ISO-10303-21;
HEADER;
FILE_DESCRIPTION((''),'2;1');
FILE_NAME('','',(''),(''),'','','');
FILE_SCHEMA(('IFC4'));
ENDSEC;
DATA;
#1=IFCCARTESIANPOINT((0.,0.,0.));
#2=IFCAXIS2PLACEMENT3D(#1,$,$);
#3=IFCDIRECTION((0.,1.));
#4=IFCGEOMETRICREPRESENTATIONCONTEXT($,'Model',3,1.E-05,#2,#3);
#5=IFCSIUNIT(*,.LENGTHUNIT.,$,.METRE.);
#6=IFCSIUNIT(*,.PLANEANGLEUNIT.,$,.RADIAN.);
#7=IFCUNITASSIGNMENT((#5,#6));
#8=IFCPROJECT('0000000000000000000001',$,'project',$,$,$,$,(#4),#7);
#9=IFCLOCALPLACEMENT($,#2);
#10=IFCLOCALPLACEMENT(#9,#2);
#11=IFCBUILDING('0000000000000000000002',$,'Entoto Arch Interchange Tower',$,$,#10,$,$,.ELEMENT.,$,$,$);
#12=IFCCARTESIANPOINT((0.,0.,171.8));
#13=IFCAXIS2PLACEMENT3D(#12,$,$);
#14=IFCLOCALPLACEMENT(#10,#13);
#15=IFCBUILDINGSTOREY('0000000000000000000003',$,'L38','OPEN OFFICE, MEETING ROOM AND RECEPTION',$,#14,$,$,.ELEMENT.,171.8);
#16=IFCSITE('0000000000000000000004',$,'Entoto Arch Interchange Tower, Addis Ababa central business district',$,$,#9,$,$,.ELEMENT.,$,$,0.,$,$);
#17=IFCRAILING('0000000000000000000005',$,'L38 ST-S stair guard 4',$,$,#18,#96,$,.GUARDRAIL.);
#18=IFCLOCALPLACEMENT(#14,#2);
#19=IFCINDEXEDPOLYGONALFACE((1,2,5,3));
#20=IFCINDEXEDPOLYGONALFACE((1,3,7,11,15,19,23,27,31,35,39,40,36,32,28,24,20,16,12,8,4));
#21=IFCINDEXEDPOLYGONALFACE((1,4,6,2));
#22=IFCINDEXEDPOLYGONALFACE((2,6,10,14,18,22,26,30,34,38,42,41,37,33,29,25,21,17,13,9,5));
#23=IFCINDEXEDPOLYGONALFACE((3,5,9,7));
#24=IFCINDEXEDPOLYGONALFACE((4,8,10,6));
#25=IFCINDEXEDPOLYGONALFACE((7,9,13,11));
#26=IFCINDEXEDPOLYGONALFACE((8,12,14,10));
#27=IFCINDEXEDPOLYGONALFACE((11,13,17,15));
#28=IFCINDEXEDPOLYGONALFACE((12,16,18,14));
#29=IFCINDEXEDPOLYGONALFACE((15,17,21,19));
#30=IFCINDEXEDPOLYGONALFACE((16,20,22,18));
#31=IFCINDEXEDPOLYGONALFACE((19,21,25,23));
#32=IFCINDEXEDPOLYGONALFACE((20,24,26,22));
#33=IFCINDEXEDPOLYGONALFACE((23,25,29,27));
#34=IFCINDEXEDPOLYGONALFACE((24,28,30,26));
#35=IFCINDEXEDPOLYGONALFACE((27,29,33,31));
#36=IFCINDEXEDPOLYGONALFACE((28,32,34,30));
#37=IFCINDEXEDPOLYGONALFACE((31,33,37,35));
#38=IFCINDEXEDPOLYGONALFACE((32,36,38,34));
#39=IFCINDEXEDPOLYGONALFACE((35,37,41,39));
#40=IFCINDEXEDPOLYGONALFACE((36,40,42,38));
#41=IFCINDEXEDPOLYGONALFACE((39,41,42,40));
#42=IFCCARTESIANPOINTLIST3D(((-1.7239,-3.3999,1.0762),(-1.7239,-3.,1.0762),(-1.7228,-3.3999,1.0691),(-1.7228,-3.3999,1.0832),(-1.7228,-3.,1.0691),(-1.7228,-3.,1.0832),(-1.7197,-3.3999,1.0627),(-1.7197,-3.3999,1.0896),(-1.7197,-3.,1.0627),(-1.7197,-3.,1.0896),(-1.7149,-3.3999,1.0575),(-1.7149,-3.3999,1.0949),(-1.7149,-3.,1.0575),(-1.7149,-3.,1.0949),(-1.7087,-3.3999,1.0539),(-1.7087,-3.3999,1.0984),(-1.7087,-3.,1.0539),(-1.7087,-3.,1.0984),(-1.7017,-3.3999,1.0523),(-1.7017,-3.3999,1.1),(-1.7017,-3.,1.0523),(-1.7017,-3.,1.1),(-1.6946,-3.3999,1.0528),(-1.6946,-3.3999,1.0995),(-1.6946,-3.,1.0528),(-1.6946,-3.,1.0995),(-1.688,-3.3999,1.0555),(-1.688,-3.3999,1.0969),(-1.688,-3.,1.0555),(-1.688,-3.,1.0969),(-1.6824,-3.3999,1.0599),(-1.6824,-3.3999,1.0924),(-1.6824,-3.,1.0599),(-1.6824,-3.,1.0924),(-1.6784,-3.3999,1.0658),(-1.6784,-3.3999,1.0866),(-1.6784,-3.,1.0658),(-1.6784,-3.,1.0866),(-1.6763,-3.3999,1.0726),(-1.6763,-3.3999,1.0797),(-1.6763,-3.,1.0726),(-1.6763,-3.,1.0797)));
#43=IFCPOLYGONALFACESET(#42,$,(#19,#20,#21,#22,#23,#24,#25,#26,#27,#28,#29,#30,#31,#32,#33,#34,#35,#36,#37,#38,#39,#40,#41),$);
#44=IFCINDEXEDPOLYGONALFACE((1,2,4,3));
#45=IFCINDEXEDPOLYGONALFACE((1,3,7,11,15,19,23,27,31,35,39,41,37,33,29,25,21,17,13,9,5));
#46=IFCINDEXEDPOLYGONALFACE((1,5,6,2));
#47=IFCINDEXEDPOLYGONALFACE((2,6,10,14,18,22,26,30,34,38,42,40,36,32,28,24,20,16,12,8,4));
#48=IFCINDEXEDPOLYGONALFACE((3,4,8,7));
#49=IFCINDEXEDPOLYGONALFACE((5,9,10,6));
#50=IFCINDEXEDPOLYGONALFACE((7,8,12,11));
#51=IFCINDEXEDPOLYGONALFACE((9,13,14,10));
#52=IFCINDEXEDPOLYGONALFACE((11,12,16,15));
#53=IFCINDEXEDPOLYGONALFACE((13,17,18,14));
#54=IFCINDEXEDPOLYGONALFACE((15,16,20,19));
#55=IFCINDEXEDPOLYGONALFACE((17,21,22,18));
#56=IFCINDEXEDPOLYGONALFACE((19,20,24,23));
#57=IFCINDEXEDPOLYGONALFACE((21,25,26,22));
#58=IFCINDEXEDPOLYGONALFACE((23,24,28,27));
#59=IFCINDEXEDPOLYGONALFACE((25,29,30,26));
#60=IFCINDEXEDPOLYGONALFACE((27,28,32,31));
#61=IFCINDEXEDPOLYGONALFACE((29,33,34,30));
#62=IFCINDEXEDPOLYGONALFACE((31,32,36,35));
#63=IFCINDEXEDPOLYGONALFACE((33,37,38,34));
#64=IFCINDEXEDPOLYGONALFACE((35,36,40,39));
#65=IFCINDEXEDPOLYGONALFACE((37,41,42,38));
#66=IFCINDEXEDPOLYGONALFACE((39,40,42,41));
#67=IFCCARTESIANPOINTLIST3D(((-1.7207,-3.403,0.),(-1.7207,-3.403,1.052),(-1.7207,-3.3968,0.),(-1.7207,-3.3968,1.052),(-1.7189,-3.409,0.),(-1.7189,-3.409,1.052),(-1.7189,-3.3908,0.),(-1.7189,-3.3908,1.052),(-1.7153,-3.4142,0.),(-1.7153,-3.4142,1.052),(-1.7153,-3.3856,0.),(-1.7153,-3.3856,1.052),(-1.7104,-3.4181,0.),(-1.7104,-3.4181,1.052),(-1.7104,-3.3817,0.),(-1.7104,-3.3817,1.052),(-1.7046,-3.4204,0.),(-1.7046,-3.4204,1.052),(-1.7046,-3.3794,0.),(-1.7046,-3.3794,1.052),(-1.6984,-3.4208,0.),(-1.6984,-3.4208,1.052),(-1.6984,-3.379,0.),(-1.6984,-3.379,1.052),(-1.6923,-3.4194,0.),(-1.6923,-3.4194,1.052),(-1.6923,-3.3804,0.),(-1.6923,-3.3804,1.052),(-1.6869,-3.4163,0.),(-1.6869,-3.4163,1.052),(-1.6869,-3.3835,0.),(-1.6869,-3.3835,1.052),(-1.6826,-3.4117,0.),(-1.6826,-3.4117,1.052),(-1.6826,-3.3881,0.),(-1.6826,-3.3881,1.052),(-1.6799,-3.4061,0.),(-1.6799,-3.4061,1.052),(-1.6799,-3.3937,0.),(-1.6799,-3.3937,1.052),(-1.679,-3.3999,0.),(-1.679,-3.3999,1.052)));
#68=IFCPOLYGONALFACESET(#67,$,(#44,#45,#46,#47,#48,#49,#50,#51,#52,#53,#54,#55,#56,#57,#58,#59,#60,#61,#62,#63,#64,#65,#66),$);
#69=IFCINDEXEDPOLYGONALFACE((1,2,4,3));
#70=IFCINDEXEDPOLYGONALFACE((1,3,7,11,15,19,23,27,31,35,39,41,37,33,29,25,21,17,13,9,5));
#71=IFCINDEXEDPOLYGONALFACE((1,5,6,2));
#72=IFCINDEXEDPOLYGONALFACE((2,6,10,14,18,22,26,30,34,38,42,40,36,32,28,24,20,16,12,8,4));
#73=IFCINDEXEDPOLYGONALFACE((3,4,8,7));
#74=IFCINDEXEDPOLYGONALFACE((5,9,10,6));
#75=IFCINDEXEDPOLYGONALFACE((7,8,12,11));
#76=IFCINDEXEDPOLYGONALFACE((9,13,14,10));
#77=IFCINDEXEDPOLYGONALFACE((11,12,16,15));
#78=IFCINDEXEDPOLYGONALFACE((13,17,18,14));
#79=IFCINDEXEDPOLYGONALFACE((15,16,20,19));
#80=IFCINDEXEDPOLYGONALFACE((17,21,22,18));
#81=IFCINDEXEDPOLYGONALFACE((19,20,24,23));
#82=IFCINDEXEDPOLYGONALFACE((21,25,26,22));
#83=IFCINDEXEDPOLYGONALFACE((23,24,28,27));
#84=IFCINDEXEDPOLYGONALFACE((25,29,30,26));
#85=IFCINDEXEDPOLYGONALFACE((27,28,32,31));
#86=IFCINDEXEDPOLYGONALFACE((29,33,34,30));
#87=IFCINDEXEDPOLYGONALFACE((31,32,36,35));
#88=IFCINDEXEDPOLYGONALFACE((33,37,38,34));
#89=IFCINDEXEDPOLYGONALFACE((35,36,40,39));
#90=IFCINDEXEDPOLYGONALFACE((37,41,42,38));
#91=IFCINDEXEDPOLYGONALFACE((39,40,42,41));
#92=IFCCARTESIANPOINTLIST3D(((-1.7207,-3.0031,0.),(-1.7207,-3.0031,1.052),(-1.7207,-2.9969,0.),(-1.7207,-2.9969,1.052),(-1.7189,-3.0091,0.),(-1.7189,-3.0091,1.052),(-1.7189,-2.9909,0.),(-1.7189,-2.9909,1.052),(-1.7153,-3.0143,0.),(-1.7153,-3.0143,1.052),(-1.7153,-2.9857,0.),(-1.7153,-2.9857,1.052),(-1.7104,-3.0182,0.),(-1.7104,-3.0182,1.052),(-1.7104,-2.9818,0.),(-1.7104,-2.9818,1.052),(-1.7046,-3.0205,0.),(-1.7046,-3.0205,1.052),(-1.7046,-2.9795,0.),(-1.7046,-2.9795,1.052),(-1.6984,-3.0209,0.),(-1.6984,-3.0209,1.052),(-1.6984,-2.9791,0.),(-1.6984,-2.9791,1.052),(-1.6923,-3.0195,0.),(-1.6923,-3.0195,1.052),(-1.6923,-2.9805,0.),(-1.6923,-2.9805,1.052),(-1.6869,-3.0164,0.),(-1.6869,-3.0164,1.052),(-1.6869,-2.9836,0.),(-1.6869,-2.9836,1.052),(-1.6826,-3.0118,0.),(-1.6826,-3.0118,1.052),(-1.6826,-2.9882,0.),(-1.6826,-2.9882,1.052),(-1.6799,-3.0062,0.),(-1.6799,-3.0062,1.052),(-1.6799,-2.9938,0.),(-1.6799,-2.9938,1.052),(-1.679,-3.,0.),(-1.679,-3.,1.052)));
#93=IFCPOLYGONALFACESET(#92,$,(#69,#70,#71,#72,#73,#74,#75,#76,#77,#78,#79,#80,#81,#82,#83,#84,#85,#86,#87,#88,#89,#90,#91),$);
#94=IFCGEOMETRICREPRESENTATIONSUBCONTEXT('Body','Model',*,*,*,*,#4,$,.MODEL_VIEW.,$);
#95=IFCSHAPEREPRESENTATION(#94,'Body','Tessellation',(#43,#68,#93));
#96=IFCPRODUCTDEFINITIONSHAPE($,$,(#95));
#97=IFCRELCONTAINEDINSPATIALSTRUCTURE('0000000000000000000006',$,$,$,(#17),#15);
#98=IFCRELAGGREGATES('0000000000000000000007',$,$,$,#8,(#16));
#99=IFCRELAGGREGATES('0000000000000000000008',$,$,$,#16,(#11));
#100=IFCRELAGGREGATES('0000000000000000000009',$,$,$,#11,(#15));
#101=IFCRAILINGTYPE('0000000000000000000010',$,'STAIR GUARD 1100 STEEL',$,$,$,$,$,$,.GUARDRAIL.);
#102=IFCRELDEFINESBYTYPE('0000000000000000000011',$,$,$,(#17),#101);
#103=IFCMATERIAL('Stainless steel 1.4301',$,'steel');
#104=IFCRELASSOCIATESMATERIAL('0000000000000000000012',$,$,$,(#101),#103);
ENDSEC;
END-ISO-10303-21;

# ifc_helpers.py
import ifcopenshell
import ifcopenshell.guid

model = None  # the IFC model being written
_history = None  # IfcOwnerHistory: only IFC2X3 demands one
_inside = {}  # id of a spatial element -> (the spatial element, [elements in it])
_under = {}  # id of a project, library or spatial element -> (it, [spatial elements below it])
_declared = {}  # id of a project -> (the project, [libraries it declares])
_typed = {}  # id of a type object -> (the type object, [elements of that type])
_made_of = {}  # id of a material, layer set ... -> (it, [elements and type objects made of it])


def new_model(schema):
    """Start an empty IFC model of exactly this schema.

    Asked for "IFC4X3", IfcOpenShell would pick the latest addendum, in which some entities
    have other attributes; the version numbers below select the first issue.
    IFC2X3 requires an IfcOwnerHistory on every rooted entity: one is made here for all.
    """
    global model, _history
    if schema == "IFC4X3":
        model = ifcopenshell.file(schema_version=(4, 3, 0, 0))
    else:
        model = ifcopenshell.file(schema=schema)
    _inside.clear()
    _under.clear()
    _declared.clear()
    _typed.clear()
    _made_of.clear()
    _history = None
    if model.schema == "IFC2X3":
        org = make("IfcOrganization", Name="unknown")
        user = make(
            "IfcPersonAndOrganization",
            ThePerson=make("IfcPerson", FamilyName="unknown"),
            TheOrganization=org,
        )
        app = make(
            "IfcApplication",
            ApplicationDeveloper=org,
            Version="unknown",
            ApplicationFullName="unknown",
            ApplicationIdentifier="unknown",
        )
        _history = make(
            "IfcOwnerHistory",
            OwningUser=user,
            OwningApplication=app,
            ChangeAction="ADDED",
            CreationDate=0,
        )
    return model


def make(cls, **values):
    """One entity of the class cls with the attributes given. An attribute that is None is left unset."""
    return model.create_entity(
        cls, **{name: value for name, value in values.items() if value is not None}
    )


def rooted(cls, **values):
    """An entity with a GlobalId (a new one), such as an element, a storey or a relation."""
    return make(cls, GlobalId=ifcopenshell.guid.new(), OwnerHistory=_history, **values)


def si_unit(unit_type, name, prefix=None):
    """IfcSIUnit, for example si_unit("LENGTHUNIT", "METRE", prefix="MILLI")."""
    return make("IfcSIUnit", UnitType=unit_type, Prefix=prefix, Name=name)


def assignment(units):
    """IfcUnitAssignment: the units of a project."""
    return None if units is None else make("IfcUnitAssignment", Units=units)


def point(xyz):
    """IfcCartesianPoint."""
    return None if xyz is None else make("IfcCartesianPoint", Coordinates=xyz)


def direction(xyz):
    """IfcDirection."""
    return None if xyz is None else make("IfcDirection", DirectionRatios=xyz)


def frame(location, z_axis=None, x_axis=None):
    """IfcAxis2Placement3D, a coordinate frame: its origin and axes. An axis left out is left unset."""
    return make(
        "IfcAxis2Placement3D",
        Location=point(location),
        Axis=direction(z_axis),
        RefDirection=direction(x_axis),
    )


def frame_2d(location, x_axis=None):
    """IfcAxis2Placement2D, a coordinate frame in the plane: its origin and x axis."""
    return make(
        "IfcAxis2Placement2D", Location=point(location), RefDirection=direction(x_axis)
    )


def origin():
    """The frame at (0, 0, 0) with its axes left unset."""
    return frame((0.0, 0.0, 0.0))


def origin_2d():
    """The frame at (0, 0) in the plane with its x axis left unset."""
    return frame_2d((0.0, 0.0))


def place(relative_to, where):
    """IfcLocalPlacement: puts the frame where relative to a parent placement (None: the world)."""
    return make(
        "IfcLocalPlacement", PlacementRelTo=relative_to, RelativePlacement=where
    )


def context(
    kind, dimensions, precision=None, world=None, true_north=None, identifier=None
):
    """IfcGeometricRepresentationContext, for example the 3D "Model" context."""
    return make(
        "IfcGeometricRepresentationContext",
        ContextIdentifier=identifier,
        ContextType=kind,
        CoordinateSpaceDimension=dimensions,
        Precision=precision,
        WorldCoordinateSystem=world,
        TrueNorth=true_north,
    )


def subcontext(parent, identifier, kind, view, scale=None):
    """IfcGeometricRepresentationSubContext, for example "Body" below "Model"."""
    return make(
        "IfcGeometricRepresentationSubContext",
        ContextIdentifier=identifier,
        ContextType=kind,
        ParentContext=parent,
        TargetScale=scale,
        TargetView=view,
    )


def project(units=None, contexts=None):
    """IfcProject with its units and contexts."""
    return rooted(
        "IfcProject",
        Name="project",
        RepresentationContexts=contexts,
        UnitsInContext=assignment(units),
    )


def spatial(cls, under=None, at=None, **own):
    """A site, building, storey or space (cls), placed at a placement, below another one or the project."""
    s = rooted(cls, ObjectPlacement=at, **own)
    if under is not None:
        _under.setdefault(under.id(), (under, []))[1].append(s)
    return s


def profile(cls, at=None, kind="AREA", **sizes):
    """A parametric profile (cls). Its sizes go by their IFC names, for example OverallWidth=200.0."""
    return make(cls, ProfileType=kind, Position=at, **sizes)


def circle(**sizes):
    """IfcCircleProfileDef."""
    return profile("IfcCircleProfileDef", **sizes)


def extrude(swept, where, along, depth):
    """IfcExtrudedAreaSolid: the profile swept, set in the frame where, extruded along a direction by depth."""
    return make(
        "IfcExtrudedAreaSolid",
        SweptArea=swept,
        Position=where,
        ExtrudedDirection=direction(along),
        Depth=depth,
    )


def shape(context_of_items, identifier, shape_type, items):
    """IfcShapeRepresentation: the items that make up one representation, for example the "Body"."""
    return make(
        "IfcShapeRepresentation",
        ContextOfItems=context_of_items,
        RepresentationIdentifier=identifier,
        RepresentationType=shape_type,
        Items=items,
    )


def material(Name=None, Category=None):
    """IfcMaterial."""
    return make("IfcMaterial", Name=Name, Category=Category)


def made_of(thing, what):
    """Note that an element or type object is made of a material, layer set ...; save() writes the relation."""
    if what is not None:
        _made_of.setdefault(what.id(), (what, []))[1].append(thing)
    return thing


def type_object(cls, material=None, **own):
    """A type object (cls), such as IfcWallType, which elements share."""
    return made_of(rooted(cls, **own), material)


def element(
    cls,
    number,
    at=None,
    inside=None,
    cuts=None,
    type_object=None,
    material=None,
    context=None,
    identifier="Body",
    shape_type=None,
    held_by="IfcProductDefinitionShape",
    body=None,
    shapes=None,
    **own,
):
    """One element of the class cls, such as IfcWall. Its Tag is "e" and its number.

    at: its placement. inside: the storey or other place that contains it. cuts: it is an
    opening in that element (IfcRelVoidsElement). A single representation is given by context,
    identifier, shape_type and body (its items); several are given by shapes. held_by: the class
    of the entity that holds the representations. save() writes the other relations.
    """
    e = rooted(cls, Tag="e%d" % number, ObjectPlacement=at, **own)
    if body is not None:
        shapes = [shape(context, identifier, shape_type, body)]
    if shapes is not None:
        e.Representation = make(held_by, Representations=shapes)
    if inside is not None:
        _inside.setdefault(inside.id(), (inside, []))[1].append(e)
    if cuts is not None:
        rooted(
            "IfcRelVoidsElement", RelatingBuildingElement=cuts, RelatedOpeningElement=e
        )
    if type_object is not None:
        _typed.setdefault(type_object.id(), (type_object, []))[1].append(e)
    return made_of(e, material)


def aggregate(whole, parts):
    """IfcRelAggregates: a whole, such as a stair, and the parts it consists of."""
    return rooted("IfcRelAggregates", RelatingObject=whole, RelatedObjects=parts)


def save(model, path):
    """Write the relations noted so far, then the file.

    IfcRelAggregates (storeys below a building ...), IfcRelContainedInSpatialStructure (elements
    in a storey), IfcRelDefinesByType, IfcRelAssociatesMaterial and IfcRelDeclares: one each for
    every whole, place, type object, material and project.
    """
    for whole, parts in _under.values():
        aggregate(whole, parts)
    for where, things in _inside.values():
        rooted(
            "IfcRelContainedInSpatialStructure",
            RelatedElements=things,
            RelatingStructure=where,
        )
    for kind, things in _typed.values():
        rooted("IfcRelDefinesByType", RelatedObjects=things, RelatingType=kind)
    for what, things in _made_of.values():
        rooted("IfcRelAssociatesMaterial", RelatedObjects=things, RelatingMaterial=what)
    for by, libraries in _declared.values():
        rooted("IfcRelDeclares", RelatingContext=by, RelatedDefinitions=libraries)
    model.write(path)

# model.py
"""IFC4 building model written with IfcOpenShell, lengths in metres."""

from ifc_helpers import new_model, si_unit, direction, frame, origin, origin_2d, place, context, subcontext, project, spatial, circle, extrude, material, type_object, element, save


model = new_model("IFC4")

# Units and contexts
model_context = context("Model", 3, precision=1e-05, world=origin(), true_north=direction((0.0, 1.0)))
body_context = subcontext(model_context, "Body", "Model", "MODEL_VIEW")
ifc_project = project(units=[si_unit("LENGTHUNIT", "METRE"), si_unit("PLANEANGLEUNIT", "RADIAN")], contexts=[model_context])

# Site, building, storey
site_placement = place(None, origin())
site = spatial("IfcSite", under=ifc_project, at=site_placement, Name="Entoto Arch Interchange Tower, Addis Ababa central business district", CompositionType="ELEMENT", RefElevation=0.0)
building_placement = place(site_placement, origin())
building = spatial("IfcBuilding", under=site, at=building_placement, Name="Entoto Arch Interchange Tower", CompositionType="ELEMENT")
storey_placement = place(building_placement, frame((0.0, 0.0, 171.8)))
storey = spatial("IfcBuildingStorey", under=building, at=storey_placement, Name="L38", Description="OPEN OFFICE, MEETING ROOM AND RECEPTION", CompositionType="ELEMENT", Elevation=171.8)

# Railing
ifc_material_1 = material(Name="Stainless steel 1.4301", Category="steel")
railing_type_1 = type_object("IfcRailingType", Name="STAIR GUARD 1100 STEEL", PredefinedType="GUARDRAIL", material=ifc_material_1)
railing_1_placement = place(storey_placement, frame((-1.7, -3.3999, 0.0)))
element("IfcRailing", 1, at=railing_1_placement, inside=storey, type_object=railing_type_1, Name="L38 ST-S stair guard 4", PredefinedType="GUARDRAIL", context=body_context, shape_type="SweptSolid", body=[
    extrude(circle(Radius=0.0239, at=origin_2d()), frame((0.0, 0.0, 1.0762), z_axis=(0.0, 1.0, 0.0), x_axis=(-1.0, 0.0, 0.0)), (0.0, 0.0, 1.0), 0.3999),
    extrude(circle(Radius=0.021, at=origin_2d()), origin(), (0.0, 0.0, 1.0), 1.052),
    extrude(circle(Radius=0.021, at=origin_2d()), frame((0.0, 0.3999, 0.0)), (0.0, 0.0, 1.0), 1.052),
])

save(model, "model.ifc")
